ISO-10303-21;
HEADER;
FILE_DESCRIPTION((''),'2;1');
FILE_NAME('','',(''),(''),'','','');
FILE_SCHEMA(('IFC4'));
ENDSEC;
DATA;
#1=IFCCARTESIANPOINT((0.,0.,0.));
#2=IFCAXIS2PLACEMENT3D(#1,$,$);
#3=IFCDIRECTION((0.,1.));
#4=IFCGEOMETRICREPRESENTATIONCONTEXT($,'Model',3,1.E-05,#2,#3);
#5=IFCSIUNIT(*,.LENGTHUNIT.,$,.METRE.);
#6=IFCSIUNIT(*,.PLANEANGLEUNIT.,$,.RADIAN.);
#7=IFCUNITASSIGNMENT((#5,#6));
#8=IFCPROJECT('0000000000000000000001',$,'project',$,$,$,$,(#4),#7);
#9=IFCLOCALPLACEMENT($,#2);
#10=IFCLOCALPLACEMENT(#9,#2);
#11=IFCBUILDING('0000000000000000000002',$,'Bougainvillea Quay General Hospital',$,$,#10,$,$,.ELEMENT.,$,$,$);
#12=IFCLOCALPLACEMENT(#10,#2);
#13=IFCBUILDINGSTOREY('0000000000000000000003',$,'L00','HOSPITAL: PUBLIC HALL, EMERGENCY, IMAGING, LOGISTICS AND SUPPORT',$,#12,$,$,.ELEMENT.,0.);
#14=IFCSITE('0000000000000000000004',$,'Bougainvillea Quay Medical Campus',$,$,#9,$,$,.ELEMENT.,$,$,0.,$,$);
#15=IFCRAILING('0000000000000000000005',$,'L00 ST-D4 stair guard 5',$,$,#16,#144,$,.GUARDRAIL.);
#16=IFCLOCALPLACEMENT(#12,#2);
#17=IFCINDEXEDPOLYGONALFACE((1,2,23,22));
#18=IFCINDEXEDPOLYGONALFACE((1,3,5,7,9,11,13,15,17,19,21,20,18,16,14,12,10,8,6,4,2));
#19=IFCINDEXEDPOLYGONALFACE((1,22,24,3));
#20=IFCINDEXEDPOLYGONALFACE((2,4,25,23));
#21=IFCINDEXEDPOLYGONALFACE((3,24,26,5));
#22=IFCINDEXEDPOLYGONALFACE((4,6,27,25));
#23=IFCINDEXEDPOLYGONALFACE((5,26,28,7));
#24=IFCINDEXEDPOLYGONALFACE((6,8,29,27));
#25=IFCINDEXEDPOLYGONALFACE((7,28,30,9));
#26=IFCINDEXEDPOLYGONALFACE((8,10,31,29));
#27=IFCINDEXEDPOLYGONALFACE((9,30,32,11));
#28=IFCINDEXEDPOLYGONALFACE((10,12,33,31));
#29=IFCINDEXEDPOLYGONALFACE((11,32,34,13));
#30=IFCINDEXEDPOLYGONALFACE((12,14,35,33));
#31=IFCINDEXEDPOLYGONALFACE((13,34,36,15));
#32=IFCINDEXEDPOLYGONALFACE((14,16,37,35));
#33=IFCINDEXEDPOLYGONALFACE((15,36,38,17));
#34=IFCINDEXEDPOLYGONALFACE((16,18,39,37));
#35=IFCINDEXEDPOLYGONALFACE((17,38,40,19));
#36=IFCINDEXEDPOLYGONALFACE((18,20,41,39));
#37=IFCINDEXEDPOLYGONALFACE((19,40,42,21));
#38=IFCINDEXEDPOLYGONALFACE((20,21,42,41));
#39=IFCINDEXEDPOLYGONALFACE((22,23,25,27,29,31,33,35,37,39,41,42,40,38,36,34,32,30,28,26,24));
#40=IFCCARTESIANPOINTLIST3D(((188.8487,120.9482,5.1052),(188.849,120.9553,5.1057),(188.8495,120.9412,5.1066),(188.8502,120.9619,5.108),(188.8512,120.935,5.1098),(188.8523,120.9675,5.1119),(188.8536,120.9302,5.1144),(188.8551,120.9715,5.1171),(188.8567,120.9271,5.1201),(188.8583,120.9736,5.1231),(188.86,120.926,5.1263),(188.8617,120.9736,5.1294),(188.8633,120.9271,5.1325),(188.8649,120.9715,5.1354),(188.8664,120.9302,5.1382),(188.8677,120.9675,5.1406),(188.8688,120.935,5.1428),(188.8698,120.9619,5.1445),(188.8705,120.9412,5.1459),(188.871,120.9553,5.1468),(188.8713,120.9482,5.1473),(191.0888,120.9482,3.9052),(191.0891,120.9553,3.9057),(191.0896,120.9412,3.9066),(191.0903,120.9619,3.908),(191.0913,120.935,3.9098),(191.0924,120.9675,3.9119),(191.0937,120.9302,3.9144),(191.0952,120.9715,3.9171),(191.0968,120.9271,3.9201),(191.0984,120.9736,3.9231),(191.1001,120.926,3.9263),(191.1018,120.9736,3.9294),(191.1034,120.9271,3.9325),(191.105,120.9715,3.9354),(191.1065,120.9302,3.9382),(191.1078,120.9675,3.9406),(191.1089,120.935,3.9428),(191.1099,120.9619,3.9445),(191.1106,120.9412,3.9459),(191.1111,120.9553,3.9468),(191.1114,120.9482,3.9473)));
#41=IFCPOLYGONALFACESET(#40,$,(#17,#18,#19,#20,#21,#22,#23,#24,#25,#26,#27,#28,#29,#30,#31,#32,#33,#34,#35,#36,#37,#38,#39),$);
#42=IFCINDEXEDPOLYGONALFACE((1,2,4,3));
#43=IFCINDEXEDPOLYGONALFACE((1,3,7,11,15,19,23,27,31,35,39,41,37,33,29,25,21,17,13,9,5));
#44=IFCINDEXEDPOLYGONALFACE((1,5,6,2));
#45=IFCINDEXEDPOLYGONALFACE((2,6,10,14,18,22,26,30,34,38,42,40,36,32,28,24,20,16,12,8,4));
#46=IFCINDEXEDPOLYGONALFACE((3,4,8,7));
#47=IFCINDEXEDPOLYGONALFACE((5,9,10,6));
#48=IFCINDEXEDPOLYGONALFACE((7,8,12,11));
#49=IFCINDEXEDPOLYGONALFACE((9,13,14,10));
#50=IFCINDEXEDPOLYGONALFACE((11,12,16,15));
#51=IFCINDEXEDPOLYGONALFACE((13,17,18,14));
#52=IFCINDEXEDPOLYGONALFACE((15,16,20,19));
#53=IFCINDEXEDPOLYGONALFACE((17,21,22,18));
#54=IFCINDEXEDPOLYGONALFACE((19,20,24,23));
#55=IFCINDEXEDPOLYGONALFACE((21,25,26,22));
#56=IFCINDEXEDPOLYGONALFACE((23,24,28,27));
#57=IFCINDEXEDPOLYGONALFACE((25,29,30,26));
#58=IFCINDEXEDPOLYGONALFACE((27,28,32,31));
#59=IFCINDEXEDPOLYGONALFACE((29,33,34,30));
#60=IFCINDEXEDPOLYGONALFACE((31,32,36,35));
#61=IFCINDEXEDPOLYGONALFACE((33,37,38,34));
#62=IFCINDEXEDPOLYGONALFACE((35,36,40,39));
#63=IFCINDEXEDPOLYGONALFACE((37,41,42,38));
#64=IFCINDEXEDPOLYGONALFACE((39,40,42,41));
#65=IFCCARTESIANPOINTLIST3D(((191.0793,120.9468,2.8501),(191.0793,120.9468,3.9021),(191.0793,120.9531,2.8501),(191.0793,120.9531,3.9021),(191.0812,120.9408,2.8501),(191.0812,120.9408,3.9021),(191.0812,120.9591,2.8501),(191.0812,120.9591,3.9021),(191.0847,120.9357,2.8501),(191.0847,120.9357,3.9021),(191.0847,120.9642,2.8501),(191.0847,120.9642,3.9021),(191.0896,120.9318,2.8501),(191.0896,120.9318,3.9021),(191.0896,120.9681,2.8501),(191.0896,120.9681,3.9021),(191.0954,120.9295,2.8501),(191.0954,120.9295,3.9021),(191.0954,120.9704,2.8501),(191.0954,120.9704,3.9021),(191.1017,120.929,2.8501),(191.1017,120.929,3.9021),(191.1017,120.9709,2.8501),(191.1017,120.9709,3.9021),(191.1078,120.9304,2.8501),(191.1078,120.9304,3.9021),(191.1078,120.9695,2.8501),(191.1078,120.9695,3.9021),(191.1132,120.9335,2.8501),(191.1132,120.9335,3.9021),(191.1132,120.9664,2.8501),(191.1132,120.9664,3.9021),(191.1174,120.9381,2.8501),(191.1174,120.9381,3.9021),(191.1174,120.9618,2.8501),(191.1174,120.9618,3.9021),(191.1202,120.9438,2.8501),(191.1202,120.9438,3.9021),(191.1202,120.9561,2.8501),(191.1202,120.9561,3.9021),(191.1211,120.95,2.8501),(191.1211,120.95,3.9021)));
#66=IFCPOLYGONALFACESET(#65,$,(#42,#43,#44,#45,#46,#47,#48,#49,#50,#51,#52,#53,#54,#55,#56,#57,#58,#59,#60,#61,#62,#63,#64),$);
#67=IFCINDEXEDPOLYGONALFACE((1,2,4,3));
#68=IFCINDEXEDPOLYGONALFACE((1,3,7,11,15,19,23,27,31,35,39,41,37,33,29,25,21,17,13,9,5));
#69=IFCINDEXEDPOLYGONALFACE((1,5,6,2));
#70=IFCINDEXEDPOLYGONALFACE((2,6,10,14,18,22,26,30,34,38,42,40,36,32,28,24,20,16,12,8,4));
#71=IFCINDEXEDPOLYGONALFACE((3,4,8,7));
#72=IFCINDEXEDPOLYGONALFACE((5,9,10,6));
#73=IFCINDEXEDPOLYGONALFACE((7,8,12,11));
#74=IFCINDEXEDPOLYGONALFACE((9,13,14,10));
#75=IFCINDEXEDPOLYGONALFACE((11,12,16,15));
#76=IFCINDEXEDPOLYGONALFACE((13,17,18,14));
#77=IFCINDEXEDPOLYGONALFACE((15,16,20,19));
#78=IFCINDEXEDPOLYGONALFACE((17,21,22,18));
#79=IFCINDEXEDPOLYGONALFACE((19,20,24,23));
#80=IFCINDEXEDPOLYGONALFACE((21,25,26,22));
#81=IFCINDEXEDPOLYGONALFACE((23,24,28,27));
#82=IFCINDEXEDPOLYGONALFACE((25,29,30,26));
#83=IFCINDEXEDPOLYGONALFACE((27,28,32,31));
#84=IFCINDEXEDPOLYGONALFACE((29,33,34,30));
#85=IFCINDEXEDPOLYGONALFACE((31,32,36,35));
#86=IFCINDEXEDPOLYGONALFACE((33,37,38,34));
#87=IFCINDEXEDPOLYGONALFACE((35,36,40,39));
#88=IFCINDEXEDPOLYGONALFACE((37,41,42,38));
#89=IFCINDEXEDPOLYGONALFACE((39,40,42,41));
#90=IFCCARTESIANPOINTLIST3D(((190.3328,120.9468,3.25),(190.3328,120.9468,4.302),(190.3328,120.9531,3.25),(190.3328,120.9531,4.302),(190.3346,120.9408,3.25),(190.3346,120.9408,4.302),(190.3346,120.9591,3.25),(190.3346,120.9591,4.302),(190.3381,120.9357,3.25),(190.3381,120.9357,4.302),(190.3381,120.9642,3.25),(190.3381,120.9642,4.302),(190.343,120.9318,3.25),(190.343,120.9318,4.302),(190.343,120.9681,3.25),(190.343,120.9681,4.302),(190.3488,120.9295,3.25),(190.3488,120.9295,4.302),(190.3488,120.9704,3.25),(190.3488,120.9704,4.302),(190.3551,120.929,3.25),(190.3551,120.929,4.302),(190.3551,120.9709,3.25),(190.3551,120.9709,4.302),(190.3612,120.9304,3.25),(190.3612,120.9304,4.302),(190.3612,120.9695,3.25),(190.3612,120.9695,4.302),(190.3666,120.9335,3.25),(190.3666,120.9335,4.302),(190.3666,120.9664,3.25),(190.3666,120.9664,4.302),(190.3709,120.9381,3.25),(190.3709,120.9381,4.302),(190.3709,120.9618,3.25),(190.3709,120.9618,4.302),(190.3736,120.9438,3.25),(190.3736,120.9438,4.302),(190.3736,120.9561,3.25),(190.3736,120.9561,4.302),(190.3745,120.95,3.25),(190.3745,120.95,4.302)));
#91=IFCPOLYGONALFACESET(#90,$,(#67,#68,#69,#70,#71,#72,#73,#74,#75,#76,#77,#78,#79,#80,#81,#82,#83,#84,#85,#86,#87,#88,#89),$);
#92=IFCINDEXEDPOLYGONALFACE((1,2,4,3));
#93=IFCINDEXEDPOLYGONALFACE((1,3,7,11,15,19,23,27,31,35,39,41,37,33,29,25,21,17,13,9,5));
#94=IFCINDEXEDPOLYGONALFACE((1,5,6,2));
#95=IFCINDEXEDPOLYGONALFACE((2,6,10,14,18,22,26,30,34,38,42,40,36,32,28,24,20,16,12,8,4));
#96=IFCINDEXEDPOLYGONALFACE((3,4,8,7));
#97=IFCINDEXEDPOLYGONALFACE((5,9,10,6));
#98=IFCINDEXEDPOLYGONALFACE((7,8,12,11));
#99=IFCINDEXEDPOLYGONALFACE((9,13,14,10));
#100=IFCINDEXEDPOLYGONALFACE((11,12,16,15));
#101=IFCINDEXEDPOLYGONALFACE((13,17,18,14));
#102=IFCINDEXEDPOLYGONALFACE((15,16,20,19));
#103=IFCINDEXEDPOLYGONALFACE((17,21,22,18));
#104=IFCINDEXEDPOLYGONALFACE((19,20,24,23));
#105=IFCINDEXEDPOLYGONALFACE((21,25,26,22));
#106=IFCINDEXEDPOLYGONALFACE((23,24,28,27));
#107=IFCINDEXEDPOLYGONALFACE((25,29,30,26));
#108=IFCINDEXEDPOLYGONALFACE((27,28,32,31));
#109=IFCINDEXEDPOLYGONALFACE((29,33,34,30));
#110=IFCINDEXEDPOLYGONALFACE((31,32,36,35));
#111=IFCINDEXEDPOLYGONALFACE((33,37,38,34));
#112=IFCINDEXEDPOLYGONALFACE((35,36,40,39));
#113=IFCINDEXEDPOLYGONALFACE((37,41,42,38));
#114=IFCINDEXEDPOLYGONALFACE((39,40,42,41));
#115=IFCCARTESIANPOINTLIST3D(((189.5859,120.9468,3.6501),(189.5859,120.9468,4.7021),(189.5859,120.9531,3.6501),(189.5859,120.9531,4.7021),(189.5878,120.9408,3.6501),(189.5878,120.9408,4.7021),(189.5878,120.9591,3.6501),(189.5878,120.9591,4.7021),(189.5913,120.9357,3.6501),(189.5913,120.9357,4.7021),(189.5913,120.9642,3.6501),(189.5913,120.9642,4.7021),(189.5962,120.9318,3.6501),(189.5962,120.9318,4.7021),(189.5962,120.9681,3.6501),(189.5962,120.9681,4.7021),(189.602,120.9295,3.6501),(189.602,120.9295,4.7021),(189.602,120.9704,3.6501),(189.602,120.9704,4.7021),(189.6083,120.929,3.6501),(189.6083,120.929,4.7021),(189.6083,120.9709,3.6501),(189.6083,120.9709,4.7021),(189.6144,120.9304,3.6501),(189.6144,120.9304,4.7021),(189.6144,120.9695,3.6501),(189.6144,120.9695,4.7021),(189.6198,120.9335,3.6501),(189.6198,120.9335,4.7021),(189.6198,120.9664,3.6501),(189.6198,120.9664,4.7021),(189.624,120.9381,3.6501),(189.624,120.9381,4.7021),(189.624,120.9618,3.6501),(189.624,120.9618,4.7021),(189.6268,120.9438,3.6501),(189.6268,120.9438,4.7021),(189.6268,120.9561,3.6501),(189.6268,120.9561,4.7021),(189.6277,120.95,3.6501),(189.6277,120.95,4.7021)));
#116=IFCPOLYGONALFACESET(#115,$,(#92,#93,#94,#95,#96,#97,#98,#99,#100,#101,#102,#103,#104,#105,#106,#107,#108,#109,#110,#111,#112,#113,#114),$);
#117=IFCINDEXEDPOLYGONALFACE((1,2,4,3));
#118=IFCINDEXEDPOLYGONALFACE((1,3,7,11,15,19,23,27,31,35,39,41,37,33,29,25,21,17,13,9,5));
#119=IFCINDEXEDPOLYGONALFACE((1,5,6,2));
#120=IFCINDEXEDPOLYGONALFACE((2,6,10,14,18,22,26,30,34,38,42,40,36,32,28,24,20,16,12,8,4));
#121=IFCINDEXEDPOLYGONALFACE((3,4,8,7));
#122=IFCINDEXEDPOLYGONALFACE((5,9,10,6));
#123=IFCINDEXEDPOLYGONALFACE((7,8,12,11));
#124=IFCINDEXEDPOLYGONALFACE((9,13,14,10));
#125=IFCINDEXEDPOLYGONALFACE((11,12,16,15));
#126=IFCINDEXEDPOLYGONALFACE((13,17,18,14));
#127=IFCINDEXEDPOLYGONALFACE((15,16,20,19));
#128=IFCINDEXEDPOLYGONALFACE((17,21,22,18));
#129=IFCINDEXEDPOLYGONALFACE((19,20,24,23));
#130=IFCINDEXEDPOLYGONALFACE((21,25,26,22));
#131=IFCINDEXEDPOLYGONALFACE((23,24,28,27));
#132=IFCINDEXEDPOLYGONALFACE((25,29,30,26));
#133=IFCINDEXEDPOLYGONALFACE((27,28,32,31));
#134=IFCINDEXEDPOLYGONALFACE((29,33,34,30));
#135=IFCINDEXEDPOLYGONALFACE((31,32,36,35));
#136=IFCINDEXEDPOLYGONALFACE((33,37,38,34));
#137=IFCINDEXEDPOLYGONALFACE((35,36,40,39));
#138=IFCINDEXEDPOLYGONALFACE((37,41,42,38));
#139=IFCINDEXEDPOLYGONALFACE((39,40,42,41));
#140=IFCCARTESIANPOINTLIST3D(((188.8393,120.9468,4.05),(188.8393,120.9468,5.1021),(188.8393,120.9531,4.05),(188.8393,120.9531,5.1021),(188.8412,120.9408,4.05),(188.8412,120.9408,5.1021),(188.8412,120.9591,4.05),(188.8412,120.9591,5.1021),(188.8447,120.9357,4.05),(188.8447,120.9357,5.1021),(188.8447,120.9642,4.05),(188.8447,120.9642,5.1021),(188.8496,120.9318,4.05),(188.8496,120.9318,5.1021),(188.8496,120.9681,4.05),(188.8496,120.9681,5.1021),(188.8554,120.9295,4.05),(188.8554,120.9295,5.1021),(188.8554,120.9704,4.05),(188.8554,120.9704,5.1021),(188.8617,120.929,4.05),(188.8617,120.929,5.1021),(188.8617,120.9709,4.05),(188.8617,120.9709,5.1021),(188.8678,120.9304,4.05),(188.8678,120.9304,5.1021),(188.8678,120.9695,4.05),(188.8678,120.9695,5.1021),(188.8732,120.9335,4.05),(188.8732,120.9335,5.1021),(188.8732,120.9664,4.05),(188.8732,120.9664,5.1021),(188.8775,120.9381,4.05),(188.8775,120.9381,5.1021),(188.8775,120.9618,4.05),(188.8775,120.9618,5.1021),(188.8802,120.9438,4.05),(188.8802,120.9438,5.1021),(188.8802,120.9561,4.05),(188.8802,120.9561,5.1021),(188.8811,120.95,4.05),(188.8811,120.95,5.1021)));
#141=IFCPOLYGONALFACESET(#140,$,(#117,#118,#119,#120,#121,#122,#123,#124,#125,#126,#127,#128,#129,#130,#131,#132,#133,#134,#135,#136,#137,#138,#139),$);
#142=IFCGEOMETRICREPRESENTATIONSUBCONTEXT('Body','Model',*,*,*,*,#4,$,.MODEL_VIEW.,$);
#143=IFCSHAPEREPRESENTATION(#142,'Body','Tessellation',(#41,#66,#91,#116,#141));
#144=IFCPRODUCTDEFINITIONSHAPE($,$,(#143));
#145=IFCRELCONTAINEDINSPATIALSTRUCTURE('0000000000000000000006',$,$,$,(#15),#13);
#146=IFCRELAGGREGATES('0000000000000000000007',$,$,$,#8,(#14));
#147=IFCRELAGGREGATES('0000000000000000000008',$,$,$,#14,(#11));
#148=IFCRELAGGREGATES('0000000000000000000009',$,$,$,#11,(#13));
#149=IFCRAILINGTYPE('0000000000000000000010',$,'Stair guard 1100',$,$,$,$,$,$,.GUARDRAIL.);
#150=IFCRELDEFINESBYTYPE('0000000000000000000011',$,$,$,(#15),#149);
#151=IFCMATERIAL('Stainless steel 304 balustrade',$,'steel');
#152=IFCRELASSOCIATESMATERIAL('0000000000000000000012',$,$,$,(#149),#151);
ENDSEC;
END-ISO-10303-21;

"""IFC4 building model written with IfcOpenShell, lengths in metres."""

from ifc_helpers import new_model, si_unit, direction, frame, origin, origin_2d, place, context, subcontext, project, spatial, circle, extrude, material, type_object, element, save


model = new_model("IFC4")

# Units and contexts
model_context = context("Model", 3, precision=1e-05, world=origin(), true_north=direction((0.0, 1.0)))
body_context = subcontext(model_context, "Body", "Model", "MODEL_VIEW")
ifc_project = project(units=[si_unit("LENGTHUNIT", "METRE"), si_unit("PLANEANGLEUNIT", "RADIAN")], contexts=[model_context])

# Site, building, storey
site_placement = place(None, origin())
site = spatial("IfcSite", under=ifc_project, at=site_placement, Name="Bougainvillea Quay Medical Campus", CompositionType="ELEMENT", RefElevation=0.0)
building_placement = place(site_placement, origin())
building = spatial("IfcBuilding", under=site, at=building_placement, Name="Bougainvillea Quay General Hospital", CompositionType="ELEMENT")
storey_placement = place(building_placement, origin())
storey = spatial("IfcBuildingStorey", under=building, at=storey_placement, Name="L00", Description="HOSPITAL: PUBLIC HALL, EMERGENCY, IMAGING, LOGISTICS AND SUPPORT", CompositionType="ELEMENT", Elevation=0.0)

# Railing
ifc_material_1 = material(Name="Stainless steel 304 balustrade", Category="steel")
railing_type_1 = type_object("IfcRailingType", Name="Stair guard 1100", PredefinedType="GUARDRAIL", material=ifc_material_1)
railing_1_placement = place(storey_placement, frame((191.1001, 120.95, 2.8501)))
element("IfcRailing", 1, at=railing_1_placement, inside=storey, type_object=railing_type_1, Name="L00 ST-D4 stair guard 5", PredefinedType="GUARDRAIL", context=body_context, shape_type="SweptSolid", body=[
    extrude(circle(Radius=0.0239, at=origin_2d()), frame((0.0, 0.0, 1.0762), z_axis=(-0.881487, 0.0, 0.472208), x_axis=(0.0, -1.0, 0.0)), (0.0, 0.0, 1.0), 2.5413),
    extrude(circle(Radius=0.021, at=origin_2d()), origin(), (0.0, 0.0, 1.0), 1.052),
    extrude(circle(Radius=0.021, at=origin_2d()), frame((-0.7466, 0.0, 0.3999)), (0.0, 0.0, 1.0), 1.052),
    extrude(circle(Radius=0.021, at=origin_2d()), frame((-1.4934, 0.0, 0.8)), (0.0, 0.0, 1.0), 1.052),
    extrude(circle(Radius=0.021, at=origin_2d()), frame((-2.24, 0.0, 1.2)), (0.0, 0.0, 1.0), 1.052),
])

save(model, "model.ifc")
